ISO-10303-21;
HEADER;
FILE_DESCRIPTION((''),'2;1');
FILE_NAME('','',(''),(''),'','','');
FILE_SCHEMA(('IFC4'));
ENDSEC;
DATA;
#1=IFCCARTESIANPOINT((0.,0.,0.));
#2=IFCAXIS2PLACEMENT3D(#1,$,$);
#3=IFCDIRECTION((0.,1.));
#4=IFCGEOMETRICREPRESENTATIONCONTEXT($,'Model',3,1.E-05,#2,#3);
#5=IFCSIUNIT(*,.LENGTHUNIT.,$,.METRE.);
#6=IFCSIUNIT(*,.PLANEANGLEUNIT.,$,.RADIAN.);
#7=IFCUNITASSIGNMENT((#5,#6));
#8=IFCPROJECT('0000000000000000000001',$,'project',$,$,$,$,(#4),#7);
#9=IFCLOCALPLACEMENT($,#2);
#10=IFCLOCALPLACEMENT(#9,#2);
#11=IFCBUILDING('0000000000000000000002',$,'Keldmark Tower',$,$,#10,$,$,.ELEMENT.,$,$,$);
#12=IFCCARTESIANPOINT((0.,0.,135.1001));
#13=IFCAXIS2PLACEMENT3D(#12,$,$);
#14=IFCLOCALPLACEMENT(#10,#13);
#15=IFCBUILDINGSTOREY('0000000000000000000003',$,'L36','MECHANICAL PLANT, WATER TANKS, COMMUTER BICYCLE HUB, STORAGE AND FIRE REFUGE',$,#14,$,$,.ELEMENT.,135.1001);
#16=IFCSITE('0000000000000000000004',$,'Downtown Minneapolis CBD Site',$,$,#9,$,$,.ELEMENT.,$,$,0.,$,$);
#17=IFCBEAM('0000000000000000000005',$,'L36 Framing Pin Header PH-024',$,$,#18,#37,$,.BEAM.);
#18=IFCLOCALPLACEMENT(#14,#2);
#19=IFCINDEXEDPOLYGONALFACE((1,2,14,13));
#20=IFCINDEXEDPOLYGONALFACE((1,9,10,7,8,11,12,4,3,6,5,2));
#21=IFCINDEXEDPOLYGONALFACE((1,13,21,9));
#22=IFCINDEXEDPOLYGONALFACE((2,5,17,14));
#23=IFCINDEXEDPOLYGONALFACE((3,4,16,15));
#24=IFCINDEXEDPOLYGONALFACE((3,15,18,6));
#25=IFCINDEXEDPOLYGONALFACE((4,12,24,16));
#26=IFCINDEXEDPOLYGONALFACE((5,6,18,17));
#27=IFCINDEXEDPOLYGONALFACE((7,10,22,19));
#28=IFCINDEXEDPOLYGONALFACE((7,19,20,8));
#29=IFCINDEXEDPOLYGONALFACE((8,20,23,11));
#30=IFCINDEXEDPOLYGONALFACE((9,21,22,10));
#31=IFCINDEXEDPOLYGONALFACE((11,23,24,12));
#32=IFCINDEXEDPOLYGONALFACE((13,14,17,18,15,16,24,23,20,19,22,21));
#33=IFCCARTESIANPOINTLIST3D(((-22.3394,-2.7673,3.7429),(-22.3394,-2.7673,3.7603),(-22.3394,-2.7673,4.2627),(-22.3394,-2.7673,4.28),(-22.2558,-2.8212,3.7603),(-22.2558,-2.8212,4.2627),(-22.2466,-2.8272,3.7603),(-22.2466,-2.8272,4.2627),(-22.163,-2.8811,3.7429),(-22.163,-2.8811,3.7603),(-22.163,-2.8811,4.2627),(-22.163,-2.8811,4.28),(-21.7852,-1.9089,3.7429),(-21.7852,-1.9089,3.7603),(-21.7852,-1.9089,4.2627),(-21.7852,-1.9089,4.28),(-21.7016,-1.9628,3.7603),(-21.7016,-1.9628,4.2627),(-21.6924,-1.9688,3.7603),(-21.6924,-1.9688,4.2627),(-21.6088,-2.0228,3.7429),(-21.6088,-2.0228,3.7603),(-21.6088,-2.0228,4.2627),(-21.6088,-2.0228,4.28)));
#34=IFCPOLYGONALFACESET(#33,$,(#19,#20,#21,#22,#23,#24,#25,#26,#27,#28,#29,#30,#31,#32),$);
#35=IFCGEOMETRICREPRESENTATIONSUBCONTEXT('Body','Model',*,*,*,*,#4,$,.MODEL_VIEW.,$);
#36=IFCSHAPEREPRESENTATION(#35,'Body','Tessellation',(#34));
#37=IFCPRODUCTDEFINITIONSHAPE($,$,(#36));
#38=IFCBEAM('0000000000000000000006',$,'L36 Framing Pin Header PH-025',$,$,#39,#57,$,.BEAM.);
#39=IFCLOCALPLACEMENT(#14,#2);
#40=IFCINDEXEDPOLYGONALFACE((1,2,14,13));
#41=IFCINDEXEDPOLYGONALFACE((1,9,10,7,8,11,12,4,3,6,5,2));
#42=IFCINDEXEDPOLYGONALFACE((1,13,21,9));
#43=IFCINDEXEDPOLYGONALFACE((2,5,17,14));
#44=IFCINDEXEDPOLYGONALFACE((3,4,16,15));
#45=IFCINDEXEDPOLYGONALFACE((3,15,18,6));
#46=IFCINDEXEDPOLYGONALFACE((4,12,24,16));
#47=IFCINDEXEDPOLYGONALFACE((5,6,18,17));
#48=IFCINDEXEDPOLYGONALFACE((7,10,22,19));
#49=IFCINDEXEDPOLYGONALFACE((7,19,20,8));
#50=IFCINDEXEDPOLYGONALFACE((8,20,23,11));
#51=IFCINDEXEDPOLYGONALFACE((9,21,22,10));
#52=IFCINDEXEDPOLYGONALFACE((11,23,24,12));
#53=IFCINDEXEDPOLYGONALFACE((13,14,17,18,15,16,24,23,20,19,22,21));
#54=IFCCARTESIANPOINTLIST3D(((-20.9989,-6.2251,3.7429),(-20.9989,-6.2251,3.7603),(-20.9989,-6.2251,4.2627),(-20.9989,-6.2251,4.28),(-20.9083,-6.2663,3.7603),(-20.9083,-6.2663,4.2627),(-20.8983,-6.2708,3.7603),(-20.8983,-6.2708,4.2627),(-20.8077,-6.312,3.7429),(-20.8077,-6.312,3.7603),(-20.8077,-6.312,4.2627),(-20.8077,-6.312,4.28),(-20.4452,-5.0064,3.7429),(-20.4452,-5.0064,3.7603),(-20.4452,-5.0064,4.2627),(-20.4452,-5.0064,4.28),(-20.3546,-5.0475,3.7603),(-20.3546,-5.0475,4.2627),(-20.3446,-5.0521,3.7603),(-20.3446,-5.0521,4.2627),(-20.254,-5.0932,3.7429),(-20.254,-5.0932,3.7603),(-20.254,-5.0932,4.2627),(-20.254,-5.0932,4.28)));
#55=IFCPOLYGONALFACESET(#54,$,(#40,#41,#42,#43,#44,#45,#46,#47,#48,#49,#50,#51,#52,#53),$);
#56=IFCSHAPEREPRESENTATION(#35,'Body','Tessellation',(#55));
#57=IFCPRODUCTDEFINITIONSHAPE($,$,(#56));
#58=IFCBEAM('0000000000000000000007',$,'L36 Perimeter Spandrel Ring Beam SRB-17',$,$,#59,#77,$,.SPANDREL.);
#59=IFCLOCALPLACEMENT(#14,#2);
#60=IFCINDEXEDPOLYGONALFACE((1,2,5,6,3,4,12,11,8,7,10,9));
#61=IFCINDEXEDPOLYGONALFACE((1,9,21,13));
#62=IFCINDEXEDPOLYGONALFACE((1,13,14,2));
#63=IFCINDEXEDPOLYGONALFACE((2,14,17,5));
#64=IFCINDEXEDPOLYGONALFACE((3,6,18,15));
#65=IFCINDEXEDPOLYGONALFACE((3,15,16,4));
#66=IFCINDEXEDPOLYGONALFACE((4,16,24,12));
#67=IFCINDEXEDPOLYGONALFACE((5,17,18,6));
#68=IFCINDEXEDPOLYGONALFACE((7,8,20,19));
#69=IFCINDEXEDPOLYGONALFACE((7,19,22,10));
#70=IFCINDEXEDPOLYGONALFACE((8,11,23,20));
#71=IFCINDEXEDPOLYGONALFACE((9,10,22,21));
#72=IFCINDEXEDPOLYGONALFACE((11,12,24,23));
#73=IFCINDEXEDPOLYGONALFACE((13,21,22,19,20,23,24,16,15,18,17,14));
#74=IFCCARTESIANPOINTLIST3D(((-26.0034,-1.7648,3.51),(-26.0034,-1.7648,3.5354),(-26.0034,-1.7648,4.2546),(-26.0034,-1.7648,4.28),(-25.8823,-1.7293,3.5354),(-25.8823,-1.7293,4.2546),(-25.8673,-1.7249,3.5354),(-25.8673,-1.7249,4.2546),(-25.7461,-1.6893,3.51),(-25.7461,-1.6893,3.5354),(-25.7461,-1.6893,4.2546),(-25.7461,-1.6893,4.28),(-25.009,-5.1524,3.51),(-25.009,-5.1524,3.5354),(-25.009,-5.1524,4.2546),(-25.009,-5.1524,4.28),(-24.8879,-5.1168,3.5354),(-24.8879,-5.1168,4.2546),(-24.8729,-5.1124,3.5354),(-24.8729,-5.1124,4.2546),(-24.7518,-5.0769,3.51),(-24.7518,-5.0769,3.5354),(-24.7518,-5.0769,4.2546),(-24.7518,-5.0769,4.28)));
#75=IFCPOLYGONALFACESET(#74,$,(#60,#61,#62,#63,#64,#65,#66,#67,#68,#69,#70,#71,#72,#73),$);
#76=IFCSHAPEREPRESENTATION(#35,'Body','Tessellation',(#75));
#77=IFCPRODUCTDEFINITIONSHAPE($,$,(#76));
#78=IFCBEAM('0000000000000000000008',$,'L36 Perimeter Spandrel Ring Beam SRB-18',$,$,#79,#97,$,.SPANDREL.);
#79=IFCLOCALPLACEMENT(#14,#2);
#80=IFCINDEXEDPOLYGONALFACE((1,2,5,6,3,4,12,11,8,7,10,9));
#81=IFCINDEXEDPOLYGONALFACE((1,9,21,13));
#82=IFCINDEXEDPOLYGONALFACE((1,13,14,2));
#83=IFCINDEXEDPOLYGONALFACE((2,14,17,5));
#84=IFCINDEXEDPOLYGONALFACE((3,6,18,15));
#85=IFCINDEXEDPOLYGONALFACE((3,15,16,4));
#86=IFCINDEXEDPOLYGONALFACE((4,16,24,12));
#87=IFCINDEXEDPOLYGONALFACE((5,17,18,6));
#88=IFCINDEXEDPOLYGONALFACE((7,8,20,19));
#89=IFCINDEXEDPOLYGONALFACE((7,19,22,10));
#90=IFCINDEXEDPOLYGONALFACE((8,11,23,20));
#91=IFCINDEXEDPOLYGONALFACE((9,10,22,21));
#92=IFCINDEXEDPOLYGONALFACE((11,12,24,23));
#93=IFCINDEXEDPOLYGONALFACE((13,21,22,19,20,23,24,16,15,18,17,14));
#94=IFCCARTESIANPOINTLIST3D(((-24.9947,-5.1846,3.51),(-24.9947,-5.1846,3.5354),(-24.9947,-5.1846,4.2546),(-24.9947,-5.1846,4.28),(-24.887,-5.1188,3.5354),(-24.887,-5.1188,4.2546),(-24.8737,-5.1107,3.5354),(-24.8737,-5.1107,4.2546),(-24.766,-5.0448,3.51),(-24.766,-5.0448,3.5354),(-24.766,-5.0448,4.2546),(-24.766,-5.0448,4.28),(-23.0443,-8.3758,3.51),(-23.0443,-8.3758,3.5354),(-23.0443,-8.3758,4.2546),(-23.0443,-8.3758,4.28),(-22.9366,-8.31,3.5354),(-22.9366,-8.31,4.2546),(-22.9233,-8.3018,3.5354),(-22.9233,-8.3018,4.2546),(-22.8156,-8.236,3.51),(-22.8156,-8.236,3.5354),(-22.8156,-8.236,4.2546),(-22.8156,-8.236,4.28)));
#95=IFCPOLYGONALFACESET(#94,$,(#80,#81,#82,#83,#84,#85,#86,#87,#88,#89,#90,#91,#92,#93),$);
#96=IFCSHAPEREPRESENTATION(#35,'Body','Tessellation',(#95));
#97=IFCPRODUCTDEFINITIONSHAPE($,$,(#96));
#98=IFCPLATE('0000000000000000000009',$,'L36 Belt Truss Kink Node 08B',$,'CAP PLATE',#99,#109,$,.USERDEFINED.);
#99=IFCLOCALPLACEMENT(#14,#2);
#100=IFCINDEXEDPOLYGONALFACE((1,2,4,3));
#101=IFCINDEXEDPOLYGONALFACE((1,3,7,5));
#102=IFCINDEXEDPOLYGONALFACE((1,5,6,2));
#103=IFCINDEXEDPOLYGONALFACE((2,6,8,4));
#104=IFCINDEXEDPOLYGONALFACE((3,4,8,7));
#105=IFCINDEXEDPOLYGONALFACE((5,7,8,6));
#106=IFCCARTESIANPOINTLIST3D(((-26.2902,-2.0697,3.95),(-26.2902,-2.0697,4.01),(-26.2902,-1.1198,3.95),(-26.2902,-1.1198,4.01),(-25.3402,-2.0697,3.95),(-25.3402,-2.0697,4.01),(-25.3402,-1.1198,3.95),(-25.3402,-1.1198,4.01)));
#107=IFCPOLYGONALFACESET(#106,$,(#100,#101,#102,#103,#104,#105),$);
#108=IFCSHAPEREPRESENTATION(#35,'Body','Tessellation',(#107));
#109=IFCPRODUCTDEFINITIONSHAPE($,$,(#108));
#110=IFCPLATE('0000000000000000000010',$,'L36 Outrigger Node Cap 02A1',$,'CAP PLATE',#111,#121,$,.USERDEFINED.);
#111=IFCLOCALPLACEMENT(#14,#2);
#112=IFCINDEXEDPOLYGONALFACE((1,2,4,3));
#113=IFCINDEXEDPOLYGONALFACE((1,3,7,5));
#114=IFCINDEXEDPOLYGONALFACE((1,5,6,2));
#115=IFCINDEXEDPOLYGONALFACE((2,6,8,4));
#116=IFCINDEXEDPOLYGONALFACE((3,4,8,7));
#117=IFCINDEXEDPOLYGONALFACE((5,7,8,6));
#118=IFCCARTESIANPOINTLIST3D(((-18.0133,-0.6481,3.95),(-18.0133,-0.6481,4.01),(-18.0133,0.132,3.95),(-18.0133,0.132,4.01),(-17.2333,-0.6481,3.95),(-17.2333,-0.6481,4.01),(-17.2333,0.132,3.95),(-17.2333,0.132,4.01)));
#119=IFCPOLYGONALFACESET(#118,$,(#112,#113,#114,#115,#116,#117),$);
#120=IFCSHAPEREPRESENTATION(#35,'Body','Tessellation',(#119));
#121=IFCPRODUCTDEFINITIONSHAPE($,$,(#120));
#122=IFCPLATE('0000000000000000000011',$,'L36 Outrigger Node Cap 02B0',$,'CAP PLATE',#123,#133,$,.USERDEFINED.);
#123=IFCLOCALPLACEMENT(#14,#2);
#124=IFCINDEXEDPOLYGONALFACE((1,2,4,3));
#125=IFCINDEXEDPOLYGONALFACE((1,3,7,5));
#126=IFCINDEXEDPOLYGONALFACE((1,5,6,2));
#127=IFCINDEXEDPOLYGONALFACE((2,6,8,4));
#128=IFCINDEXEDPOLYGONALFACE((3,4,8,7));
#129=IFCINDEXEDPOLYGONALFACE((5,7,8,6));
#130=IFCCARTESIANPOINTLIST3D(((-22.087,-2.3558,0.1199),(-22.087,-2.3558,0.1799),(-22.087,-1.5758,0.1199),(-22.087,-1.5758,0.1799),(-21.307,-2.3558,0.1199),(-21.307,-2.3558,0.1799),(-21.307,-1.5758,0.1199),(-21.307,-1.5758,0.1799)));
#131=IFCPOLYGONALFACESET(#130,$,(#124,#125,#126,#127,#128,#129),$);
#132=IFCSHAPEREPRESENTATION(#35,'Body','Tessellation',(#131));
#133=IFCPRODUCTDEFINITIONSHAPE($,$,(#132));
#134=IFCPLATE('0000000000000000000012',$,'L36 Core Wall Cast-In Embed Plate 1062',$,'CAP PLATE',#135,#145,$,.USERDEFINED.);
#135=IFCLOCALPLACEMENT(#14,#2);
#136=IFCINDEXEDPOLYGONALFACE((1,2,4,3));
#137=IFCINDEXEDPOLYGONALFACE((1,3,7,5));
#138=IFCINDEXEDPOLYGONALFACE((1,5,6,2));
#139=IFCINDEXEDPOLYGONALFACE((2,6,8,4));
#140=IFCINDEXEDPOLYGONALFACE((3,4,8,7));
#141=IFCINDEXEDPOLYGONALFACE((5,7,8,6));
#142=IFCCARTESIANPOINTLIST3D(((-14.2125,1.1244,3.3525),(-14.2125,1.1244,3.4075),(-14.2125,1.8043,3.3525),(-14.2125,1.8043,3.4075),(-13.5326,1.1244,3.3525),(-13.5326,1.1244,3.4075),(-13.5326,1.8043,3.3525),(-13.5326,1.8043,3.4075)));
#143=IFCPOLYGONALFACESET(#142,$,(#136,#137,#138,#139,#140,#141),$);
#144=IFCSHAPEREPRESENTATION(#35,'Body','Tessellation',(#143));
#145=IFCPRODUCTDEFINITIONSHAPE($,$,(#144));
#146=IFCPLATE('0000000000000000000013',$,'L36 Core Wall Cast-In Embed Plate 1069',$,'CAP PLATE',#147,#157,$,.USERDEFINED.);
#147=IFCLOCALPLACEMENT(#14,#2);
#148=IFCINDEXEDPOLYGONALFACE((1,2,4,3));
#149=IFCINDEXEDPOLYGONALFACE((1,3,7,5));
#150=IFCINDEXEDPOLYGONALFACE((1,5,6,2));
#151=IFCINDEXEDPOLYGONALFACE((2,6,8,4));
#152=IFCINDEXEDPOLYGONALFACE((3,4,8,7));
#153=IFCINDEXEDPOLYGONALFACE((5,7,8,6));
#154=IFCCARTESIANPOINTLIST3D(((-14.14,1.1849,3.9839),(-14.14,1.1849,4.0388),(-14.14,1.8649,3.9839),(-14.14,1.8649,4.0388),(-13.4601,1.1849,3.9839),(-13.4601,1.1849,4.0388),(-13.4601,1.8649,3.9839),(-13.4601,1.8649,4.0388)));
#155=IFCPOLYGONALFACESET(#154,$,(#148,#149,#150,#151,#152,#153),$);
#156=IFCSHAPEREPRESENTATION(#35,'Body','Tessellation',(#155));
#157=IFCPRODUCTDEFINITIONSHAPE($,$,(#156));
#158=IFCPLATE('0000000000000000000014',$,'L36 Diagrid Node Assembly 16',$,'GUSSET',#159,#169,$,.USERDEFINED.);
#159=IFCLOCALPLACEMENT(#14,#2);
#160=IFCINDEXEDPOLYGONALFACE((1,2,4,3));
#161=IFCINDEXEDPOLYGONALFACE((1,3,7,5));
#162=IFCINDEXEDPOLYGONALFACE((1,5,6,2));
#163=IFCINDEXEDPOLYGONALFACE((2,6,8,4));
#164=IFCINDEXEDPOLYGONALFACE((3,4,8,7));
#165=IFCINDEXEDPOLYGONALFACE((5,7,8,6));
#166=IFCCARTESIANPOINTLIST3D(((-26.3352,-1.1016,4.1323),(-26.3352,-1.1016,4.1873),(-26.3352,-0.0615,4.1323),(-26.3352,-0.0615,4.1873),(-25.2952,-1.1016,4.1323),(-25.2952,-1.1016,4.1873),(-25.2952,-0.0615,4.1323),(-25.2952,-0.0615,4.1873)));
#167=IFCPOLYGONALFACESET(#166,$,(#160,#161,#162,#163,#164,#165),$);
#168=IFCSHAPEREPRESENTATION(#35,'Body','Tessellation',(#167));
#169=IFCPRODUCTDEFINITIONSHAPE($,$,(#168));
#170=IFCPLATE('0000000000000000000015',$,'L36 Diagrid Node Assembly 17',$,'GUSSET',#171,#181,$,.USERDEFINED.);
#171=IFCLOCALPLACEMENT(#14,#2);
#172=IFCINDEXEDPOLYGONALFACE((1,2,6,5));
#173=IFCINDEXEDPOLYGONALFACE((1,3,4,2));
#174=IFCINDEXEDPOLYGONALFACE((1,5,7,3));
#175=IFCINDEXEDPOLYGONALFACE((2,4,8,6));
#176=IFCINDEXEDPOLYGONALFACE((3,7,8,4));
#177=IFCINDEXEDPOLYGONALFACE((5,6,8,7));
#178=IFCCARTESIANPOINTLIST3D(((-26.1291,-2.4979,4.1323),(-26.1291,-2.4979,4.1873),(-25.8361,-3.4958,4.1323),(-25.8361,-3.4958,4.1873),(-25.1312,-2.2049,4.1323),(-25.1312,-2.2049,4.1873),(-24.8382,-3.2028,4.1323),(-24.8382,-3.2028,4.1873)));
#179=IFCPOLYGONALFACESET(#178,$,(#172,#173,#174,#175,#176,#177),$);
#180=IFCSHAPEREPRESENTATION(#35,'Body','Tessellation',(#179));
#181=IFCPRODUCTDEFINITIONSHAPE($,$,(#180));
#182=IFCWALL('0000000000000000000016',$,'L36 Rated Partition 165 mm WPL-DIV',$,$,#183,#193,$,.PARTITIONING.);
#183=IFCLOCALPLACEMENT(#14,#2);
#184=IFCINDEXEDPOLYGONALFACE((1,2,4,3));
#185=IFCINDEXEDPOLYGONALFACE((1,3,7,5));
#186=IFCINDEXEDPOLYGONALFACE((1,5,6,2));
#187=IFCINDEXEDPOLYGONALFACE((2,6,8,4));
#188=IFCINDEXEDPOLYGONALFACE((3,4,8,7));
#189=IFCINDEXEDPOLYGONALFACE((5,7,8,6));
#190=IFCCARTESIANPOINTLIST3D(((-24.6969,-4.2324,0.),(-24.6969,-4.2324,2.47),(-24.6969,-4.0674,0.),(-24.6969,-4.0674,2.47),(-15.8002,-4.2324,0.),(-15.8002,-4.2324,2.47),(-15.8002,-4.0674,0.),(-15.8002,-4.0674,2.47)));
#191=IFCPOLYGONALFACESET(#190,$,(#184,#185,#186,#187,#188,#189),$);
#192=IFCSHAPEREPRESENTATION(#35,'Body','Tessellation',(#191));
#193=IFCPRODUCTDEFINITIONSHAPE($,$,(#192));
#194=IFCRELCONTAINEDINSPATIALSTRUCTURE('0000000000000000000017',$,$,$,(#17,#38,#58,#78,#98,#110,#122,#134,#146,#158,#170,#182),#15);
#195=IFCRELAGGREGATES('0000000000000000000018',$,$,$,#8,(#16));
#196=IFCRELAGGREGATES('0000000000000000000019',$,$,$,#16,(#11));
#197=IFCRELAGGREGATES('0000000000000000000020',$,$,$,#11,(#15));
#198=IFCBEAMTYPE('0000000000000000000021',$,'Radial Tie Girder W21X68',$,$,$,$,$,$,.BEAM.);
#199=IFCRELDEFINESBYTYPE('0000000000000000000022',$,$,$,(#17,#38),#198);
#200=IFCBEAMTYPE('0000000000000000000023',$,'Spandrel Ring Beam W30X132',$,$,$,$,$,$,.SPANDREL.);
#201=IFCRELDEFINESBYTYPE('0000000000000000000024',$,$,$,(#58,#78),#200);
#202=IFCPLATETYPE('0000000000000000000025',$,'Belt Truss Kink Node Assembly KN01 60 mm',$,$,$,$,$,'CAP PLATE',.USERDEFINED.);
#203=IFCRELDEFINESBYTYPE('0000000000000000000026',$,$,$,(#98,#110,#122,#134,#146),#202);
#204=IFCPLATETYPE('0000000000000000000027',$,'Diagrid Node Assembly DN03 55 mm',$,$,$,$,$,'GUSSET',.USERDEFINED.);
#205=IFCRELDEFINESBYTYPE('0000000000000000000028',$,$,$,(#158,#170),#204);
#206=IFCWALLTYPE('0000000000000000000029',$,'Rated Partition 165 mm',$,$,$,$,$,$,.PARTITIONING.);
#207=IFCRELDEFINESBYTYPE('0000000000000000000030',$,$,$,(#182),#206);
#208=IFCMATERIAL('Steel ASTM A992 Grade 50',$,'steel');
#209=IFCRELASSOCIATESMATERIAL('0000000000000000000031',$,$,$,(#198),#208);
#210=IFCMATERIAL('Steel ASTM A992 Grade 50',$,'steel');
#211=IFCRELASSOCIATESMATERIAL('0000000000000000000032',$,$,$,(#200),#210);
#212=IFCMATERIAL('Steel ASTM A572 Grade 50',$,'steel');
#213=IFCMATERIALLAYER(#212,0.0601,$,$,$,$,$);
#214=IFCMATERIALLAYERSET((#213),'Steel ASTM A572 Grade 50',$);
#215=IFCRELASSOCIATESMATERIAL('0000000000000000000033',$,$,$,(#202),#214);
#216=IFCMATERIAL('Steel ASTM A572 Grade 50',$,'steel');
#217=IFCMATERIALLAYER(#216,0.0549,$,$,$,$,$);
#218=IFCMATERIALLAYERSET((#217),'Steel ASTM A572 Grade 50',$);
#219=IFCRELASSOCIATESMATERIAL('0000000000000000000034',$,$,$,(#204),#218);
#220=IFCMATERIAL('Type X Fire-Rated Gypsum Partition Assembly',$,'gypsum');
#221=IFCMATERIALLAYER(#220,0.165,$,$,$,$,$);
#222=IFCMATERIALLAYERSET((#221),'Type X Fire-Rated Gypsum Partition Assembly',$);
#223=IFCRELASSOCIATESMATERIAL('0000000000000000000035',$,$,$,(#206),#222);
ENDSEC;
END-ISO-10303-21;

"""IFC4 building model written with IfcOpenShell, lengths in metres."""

from ifc_helpers import new_model, si_unit, direction, frame, frame_2d, origin, origin_2d, place, context, subcontext, project, spatial, rectangle, i_section, extrude, material, layer, layer_set, material_profile, profile_set, type_object, element, save


model = new_model("IFC4")

# Units and contexts
model_context = context("Model", 3, precision=1e-05, world=origin(), true_north=direction((0.0, 1.0)))
body_context = subcontext(model_context, "Body", "Model", "MODEL_VIEW")
ifc_project = project(units=[si_unit("LENGTHUNIT", "METRE"), si_unit("PLANEANGLEUNIT", "RADIAN")], contexts=[model_context])

# Site, building, storey
site_placement = place(None, origin())
site = spatial("IfcSite", under=ifc_project, at=site_placement, Name="Downtown Minneapolis CBD Site", CompositionType="ELEMENT", RefElevation=0.0)
building_placement = place(site_placement, origin())
building = spatial("IfcBuilding", under=site, at=building_placement, Name="Keldmark Tower", CompositionType="ELEMENT")
storey_placement = place(building_placement, frame((0.0, 0.0, 135.1001)))
storey = spatial("IfcBuildingStorey", under=building, at=storey_placement, Name="L36", Description="MECHANICAL PLANT, WATER TANKS, COMMUTER BICYCLE HUB, STORAGE AND FIRE REFUGE", CompositionType="ELEMENT", Elevation=135.1001)

# Beams
ifc_material_1 = material(Name="Steel ASTM A992 Grade 50", Category="steel")
ifc_material_profile_1 = material_profile(ifc_material_1, i_section(OverallWidth=0.21, OverallDepth=0.5371, WebThickness=0.011, FlangeThickness=0.0173, at=origin_2d()), Name="W21X68")
ifc_profile_set_1 = profile_set([ifc_material_profile_1], Name="Steel ASTM A992 Grade 50")
beam_type_1 = type_object("IfcBeamType", Name="Radial Tie Girder W21X68", PredefinedType="BEAM", material=ifc_profile_set_1)
beam_1_placement = place(storey_placement, frame((-21.697, -1.9658, 4.0115), z_axis=(-0.542399, -0.840121, 0.0), x_axis=(0.840121, -0.542399, 0.0)))
element("IfcBeam", 1, at=beam_1_placement, inside=storey, type_object=beam_type_1, Name="L36 Framing Pin Header PH-024", PredefinedType="BEAM", context=body_context, shape_type="SweptSolid", body=[
    extrude(i_section(OverallWidth=0.21, OverallDepth=0.5371, WebThickness=0.011, FlangeThickness=0.0173, at=origin_2d()), origin(), (0.0, 0.0, 1.0), 1.0217),
])
beam_2_placement = place(storey_placement, frame((-20.3496, -5.0498, 4.0115), z_axis=(-0.413638, -0.910441, 0.0), x_axis=(0.910441, -0.413638, 0.0)))
element("IfcBeam", 2, at=beam_2_placement, inside=storey, type_object=beam_type_1, Name="L36 Framing Pin Header PH-025", PredefinedType="BEAM", context=body_context, shape_type="SweptSolid", body=[
    extrude(i_section(OverallWidth=0.21, OverallDepth=0.5371, WebThickness=0.011, FlangeThickness=0.0173, at=origin_2d()), origin(), (0.0, 0.0, 1.0), 1.3386),
])
ifc_material_2 = material(Name="Steel ASTM A992 Grade 50", Category="steel")
ifc_material_profile_2 = material_profile(ifc_material_2, i_section(OverallWidth=0.2681, OverallDepth=0.77, WebThickness=0.0156, FlangeThickness=0.0254, at=origin_2d()), Name="W30X132")
ifc_profile_set_2 = profile_set([ifc_material_profile_2], Name="Steel ASTM A992 Grade 50")
beam_type_2 = type_object("IfcBeamType", Name="Spandrel Ring Beam W30X132", PredefinedType="SPANDREL", material=ifc_profile_set_2)
beam_3_placement = place(storey_placement, frame((-25.8748, -1.7271, 3.895), z_axis=(0.281646, -0.959518, 0.0), x_axis=(0.959518, 0.281646, 0.0)))
element("IfcBeam", 3, at=beam_3_placement, inside=storey, type_object=beam_type_2, Name="L36 Perimeter Spandrel Ring Beam SRB-17", PredefinedType="SPANDREL", context=body_context, shape_type="SweptSolid", body=[
    extrude(i_section(OverallWidth=0.2681, OverallDepth=0.77, WebThickness=0.0156, FlangeThickness=0.0254, at=origin_2d()), origin(), (0.0, 0.0, 1.0), 3.5305),
])
beam_4_placement = place(storey_placement, frame((-24.8804, -5.1147, 3.895), z_axis=(0.521505, -0.853248, 0.0), x_axis=(0.853248, 0.521505, 0.0)))
element("IfcBeam", 4, at=beam_4_placement, inside=storey, type_object=beam_type_2, Name="L36 Perimeter Spandrel Ring Beam SRB-18", PredefinedType="SPANDREL", context=body_context, shape_type="SweptSolid", body=[
    extrude(i_section(OverallWidth=0.2681, OverallDepth=0.77, WebThickness=0.0156, FlangeThickness=0.0254, at=origin_2d()), origin(), (0.0, 0.0, 1.0), 3.74),
])

# Plates
ifc_material_3 = material(Name="Steel ASTM A572 Grade 50", Category="steel")
ifc_layer_1 = layer(ifc_material_3, 0.0601)
ifc_layer_set_1 = layer_set([ifc_layer_1], Name="Steel ASTM A572 Grade 50")
plate_type_1 = type_object("IfcPlateType", Name="Belt Truss Kink Node Assembly KN01 60 mm", ElementType="CAP PLATE", PredefinedType="USERDEFINED", material=ifc_layer_set_1)
plate_placement = place(storey_placement, frame((-25.8152, -1.5947, 3.95), z_axis=(0.0, 0.0, 1.0), x_axis=(1.0, 0.0, 0.0)))
element("IfcPlate", 5, at=plate_placement, inside=storey, type_object=plate_type_1, Name="L36 Belt Truss Kink Node 08B", ObjectType="CAP PLATE", PredefinedType="USERDEFINED", context=body_context, shape_type="SweptSolid", body=[
    extrude(rectangle(XDim=0.95, YDim=0.95, at=origin_2d()), origin(), (0.0, 0.0, 1.0), 0.0601),
])
for number, where, z_axis, x_axis, name in (
    (6, (-17.6233, -0.2581, 3.95), (0.0, 0.0, 1.0), (1.0, 0.0, 0.0), "L36 Outrigger Node Cap 02A1"),
    (7, (-21.697, -1.9658, 0.1199), (0.0, 0.0, 1.0), (1.0, 0.0, 0.0), "L36 Outrigger Node Cap 02B0"),
):
    element("IfcPlate", number, at=place(storey_placement, frame(where, z_axis=z_axis, x_axis=x_axis)), inside=storey, type_object=plate_type_1, Name=name, ObjectType="CAP PLATE", PredefinedType="USERDEFINED", context=body_context, shape_type="SweptSolid", body=[
        extrude(rectangle(XDim=0.78, YDim=0.78, at=origin_2d()), origin(), (0.0, 0.0, 1.0), 0.0601),
    ])
for number, where, z_axis, x_axis, name in (
    (8, (-13.8726, 1.4644, 3.3525), (0.0, 0.0, 1.0), (1.0, 0.0, 0.0), "L36 Core Wall Cast-In Embed Plate 1062"),
    (9, (-13.8, 1.5249, 3.9839), (0.0, 0.0, 1.0), (1.0, 0.0, 0.0), "L36 Core Wall Cast-In Embed Plate 1069"),
):
    element("IfcPlate", number, at=place(storey_placement, frame(where, z_axis=z_axis, x_axis=x_axis)), inside=storey, type_object=plate_type_1, Name=name, ObjectType="CAP PLATE", PredefinedType="USERDEFINED", context=body_context, shape_type="SweptSolid", body=[
        extrude(rectangle(XDim=0.6799, YDim=0.6799, at=origin_2d()), origin(), (0.0, 0.0, 1.0), 0.0549),
    ])
ifc_material_4 = material(Name="Steel ASTM A572 Grade 50", Category="steel")
ifc_layer_2 = layer(ifc_material_4, 0.0549)
ifc_layer_set_2 = layer_set([ifc_layer_2], Name="Steel ASTM A572 Grade 50")
plate_type_2 = type_object("IfcPlateType", Name="Diagrid Node Assembly DN03 55 mm", ElementType="GUSSET", PredefinedType="USERDEFINED", material=ifc_layer_set_2)
for number, where, z_axis, x_axis, name in (
    (10, (-25.8152, -0.5815, 4.1323), (0.0, 0.0, 1.0), (0.0, -1.0, 0.0), "L36 Diagrid Node Assembly 16"),
    (11, (-25.4836, -2.8503, 4.1323), (0.0, 0.0, 1.0), (0.281672, -0.959511, 0.0), "L36 Diagrid Node Assembly 17"),
):
    element("IfcPlate", number, at=place(storey_placement, frame(where, z_axis=z_axis, x_axis=x_axis)), inside=storey, type_object=plate_type_2, Name=name, ObjectType="GUSSET", PredefinedType="USERDEFINED", context=body_context, shape_type="SweptSolid", body=[
        extrude(rectangle(XDim=1.04, YDim=1.04, at=origin_2d()), origin(), (0.0, 0.0, 1.0), 0.0549),
    ])

# Wall
ifc_material_5 = material(Name="Type X Fire-Rated Gypsum Partition Assembly", Category="gypsum")
ifc_layer_3 = layer(ifc_material_5, 0.165)
ifc_layer_set_3 = layer_set([ifc_layer_3], Name="Type X Fire-Rated Gypsum Partition Assembly")
wall_type_1 = type_object("IfcWallType", Name="Rated Partition 165 mm", PredefinedType="PARTITIONING", material=ifc_layer_set_3)
wall_1_placement = place(storey_placement, frame((-24.6968, -4.1499, 0.0), z_axis=(0.0, 0.0, 1.0), x_axis=(1.0, 0.0, 0.0)))
element("IfcWall", 12, at=wall_1_placement, inside=storey, type_object=wall_type_1, Name="L36 Rated Partition 165 mm WPL-DIV", PredefinedType="PARTITIONING", context=body_context, shape_type="SweptSolid", body=[
    extrude(rectangle(XDim=8.8967, YDim=0.165, at=frame_2d((4.4482, 0.0))), origin(), (0.0, 0.0, 1.0), 2.47),
])

save(model, "model.ifc")
